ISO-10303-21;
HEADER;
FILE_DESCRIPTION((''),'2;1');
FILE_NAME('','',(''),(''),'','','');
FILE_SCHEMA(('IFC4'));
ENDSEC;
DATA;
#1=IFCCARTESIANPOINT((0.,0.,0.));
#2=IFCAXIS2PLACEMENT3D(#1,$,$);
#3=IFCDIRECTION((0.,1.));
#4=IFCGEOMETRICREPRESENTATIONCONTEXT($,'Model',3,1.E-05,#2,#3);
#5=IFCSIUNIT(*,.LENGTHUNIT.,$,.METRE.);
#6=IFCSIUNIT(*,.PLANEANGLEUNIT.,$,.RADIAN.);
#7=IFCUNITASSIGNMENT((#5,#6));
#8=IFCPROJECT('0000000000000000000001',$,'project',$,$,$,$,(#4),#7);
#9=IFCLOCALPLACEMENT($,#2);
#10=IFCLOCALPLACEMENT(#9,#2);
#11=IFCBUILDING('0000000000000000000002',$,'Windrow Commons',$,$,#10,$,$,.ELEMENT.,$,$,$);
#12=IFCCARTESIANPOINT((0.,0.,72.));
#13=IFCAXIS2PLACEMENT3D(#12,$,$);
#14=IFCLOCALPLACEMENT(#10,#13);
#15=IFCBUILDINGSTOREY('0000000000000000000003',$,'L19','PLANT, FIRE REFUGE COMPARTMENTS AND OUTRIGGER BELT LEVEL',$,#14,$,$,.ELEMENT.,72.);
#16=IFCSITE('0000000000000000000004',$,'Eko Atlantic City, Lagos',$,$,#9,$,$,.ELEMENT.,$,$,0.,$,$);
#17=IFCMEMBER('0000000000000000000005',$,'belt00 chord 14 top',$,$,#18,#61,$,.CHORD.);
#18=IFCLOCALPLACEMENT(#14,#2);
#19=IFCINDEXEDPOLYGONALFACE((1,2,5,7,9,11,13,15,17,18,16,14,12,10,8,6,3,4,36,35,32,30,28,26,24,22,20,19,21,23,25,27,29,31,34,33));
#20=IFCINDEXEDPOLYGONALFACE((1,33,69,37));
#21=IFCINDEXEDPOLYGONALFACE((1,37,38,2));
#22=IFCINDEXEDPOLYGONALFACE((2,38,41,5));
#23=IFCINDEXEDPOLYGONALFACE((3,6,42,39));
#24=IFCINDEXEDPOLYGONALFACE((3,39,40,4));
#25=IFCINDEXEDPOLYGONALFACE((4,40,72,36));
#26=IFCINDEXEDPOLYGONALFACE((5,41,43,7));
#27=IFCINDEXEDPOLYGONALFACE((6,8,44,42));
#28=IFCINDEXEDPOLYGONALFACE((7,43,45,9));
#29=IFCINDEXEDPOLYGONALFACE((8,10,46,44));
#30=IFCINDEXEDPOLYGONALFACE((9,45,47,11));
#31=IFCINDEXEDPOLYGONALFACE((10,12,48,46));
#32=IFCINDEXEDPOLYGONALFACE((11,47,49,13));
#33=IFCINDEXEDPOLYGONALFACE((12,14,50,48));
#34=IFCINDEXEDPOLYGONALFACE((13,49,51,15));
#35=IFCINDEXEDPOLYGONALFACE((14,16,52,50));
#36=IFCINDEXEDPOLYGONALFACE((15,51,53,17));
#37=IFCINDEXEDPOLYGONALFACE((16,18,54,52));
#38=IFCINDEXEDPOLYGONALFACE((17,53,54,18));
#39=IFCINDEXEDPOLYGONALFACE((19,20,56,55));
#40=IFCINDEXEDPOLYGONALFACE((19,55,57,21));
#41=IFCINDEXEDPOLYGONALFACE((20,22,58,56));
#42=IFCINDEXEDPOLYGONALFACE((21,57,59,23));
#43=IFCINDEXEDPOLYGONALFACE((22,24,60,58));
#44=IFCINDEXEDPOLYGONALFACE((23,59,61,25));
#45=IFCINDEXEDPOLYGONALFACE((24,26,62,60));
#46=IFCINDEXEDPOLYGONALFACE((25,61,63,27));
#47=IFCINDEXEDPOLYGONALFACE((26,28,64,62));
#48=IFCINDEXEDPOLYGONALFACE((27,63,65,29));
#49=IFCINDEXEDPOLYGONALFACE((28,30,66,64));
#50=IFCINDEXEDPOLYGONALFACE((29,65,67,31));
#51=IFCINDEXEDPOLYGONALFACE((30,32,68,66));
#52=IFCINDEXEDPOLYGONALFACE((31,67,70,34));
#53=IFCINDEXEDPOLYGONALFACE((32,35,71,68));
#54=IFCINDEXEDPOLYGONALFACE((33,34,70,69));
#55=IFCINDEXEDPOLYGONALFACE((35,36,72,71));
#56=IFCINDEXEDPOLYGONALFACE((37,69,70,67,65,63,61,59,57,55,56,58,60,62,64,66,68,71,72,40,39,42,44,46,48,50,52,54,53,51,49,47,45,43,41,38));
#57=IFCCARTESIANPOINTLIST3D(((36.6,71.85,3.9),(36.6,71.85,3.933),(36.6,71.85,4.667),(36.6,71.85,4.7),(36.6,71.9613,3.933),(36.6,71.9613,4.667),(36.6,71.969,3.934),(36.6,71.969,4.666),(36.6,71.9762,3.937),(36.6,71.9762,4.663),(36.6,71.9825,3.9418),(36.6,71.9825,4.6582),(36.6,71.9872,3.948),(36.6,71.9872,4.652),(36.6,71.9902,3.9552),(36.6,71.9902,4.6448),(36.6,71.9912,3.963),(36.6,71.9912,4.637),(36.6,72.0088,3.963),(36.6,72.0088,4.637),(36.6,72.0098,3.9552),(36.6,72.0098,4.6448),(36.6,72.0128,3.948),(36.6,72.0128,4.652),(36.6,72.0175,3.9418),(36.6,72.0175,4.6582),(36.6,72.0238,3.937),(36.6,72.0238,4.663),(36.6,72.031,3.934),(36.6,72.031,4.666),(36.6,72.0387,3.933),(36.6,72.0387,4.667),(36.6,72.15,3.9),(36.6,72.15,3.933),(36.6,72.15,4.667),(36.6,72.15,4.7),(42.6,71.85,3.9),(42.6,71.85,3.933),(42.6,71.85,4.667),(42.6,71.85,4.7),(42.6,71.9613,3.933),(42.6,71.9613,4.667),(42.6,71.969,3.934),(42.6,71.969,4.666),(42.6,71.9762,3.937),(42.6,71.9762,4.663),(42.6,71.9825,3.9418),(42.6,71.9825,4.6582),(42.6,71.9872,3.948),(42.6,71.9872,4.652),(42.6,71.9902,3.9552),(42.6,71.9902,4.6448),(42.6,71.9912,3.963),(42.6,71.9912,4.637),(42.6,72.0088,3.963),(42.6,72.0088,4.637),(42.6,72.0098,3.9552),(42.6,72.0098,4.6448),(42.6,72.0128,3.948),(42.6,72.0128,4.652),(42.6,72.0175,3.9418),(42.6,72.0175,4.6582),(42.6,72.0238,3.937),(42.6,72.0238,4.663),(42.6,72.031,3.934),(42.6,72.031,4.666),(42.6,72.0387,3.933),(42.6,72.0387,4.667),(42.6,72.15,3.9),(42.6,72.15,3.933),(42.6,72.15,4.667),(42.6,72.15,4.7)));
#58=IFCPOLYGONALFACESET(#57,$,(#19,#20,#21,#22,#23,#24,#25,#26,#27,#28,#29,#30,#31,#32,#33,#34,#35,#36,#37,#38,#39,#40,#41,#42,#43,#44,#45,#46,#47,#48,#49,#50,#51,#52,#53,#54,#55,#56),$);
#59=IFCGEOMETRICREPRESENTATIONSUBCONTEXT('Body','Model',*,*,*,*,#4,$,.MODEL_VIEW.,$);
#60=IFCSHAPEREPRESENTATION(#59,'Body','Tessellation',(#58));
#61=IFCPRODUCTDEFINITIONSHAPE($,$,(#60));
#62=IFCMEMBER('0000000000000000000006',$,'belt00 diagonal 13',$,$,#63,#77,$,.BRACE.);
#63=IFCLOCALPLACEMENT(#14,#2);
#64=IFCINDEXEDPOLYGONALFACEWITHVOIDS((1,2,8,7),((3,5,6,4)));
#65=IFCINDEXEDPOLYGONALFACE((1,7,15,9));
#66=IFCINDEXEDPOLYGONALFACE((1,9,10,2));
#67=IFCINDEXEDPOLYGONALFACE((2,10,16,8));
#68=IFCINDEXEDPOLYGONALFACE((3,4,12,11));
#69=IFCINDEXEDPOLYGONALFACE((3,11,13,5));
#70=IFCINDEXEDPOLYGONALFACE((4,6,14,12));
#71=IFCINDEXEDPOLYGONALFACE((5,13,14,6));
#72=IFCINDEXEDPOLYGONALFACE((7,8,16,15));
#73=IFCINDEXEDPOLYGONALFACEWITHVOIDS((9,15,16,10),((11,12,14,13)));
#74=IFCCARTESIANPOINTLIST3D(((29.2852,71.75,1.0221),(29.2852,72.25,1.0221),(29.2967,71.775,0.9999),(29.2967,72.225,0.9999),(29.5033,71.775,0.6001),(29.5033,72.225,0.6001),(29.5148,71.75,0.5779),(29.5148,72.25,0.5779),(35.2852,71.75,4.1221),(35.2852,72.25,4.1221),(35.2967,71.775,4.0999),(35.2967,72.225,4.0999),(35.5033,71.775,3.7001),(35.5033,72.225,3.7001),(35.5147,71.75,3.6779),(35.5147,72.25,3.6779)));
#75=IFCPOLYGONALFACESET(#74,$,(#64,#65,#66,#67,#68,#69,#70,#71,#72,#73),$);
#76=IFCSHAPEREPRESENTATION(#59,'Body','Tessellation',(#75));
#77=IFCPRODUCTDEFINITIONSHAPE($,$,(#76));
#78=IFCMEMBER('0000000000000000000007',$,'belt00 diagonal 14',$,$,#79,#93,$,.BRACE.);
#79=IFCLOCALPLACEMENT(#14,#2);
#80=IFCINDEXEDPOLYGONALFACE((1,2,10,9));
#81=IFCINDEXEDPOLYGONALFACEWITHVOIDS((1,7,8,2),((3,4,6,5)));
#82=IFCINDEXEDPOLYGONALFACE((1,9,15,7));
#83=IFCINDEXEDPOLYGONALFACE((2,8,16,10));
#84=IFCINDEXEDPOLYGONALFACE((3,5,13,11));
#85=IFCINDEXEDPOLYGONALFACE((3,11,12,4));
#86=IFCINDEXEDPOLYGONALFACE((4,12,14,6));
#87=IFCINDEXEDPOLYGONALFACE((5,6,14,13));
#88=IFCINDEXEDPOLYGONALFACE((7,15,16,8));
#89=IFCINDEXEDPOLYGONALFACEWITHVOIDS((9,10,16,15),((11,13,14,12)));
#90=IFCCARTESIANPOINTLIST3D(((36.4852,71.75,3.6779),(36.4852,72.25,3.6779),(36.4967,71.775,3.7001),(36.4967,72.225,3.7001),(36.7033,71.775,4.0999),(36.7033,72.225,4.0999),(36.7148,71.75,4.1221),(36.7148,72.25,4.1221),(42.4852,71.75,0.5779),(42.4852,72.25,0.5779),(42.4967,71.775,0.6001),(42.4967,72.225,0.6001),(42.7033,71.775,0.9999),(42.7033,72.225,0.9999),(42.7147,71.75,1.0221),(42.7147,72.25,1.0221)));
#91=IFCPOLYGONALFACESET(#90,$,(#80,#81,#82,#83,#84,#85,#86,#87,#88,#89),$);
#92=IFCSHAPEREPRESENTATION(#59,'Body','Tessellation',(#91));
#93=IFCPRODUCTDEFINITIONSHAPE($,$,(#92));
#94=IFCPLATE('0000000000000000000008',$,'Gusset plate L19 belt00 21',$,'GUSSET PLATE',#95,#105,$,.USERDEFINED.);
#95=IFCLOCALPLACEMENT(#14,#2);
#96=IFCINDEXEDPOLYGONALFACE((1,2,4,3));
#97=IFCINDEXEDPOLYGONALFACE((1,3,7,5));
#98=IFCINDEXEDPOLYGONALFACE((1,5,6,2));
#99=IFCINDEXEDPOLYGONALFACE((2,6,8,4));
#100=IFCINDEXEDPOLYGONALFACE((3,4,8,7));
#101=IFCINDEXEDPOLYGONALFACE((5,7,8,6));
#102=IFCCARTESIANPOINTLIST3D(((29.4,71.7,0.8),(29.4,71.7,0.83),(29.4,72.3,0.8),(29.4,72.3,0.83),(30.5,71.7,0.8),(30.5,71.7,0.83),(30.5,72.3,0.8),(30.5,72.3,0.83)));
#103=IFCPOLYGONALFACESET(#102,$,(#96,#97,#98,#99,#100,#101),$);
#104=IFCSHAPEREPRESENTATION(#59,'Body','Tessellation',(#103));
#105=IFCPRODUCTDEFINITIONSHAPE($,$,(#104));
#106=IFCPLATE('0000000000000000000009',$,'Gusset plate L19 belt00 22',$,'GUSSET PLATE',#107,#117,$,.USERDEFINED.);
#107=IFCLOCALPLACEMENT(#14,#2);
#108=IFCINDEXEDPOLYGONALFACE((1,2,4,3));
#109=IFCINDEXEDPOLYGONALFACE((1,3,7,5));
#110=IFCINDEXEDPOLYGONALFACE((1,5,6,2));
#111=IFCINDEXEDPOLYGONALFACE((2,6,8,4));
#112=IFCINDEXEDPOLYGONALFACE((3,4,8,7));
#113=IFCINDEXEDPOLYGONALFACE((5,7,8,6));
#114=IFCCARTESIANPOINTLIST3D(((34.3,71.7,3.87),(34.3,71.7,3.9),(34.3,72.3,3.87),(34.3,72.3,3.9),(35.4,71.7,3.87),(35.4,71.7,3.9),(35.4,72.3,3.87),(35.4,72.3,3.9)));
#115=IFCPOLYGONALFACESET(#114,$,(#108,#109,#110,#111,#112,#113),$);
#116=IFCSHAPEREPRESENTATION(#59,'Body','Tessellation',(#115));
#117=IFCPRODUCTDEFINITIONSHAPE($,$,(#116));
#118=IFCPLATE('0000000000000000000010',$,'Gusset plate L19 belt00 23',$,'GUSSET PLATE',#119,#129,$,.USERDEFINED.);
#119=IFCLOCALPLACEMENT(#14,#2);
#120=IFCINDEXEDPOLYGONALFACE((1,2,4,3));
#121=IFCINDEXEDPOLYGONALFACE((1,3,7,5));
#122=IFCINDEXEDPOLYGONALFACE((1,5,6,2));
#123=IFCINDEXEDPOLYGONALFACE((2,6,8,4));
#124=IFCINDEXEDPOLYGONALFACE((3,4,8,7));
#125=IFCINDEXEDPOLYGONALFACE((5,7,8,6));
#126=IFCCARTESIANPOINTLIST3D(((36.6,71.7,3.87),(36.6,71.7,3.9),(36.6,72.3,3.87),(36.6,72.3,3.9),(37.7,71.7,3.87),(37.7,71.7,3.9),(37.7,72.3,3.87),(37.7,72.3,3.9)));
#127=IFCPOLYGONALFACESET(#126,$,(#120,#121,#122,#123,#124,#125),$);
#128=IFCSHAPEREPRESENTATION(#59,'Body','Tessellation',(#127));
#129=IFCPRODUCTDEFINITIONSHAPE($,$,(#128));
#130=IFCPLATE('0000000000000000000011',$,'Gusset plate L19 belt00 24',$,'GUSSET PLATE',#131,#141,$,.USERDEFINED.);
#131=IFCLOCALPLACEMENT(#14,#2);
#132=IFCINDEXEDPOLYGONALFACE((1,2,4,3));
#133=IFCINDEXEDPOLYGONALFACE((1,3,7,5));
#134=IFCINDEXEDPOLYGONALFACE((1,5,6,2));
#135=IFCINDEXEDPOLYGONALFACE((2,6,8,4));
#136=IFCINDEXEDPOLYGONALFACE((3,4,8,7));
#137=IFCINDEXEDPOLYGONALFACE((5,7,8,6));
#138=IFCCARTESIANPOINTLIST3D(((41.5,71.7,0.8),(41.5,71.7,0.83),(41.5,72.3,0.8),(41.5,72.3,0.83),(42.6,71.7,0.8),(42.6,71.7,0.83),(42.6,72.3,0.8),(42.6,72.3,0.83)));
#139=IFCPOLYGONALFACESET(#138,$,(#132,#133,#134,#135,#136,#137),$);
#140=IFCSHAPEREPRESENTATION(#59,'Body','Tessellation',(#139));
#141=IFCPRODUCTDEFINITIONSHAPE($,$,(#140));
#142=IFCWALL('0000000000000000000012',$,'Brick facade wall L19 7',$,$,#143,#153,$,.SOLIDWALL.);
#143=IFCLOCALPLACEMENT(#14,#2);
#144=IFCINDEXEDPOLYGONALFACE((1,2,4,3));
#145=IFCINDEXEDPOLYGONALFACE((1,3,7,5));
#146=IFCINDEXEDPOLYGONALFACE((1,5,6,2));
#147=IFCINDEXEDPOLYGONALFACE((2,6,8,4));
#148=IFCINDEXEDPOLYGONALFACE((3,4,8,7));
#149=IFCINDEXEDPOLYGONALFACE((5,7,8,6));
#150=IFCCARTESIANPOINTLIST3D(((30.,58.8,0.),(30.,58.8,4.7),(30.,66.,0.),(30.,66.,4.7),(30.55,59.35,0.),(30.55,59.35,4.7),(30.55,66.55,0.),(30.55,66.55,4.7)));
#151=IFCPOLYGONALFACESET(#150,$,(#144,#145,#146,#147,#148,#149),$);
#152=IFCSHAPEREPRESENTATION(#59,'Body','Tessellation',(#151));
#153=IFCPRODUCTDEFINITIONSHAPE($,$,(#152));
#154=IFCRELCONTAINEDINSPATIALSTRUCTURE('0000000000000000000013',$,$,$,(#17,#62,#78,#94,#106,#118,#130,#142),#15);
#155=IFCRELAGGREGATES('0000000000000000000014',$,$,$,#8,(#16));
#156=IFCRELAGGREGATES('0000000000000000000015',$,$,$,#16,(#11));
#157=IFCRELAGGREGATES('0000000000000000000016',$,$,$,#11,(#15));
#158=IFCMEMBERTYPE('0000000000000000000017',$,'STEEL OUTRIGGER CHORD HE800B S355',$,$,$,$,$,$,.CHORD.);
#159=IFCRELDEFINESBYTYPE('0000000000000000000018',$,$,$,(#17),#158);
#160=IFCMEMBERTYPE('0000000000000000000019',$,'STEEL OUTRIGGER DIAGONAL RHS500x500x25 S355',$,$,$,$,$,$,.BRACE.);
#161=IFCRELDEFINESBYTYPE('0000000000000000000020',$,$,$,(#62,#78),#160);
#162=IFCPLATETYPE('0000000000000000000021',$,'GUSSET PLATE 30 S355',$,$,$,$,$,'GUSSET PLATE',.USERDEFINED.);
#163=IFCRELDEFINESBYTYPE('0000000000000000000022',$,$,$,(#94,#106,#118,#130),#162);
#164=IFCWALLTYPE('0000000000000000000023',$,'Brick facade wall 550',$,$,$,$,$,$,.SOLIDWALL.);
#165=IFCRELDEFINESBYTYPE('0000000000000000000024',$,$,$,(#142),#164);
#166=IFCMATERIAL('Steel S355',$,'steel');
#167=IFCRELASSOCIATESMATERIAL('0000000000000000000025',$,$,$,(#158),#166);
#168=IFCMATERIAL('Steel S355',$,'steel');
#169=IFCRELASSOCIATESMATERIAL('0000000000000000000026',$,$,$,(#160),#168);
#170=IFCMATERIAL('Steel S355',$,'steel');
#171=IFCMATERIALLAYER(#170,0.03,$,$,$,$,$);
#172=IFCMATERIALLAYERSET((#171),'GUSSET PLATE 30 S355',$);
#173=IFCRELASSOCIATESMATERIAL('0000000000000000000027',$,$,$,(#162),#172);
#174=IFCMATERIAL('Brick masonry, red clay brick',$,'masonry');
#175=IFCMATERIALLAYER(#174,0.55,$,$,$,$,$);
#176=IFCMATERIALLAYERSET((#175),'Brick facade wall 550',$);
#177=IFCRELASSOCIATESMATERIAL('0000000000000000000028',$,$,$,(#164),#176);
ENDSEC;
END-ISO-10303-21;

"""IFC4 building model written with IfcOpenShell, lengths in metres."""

from ifc_helpers import new_model, si_unit, direction, frame, origin, origin_2d, place, context, subcontext, project, spatial, polyline, rectangle, hollow_rectangle, i_section, outline, extrude, material, layer, layer_set, material_profile, profile_set, type_object, element, save


model = new_model("IFC4")

# Units and contexts
model_context = context("Model", 3, precision=1e-05, world=origin(), true_north=direction((0.0, 1.0)))
body_context = subcontext(model_context, "Body", "Model", "MODEL_VIEW")
ifc_project = project(units=[si_unit("LENGTHUNIT", "METRE"), si_unit("PLANEANGLEUNIT", "RADIAN")], contexts=[model_context])

# Site, building, storey
site_placement = place(None, origin())
site = spatial("IfcSite", under=ifc_project, at=site_placement, Name="Eko Atlantic City, Lagos", CompositionType="ELEMENT", RefElevation=0.0)
building_placement = place(site_placement, origin())
building = spatial("IfcBuilding", under=site, at=building_placement, Name="Windrow Commons", CompositionType="ELEMENT")
storey_placement = place(building_placement, frame((0.0, 0.0, 72.0)))
storey = spatial("IfcBuildingStorey", under=building, at=storey_placement, Name="L19", Description="PLANT, FIRE REFUGE COMPARTMENTS AND OUTRIGGER BELT LEVEL", CompositionType="ELEMENT", Elevation=72.0)

# Members
ifc_material_1 = material(Name="Steel S355", Category="steel")
ifc_material_profile_1 = material_profile(ifc_material_1, i_section(OverallWidth=0.3, OverallDepth=0.8, WebThickness=0.0175, FlangeThickness=0.033, FilletRadius=0.03, at=origin_2d()))
ifc_profile_set_1 = profile_set([ifc_material_profile_1], Name="Steel S355")
member_type_1 = type_object("IfcMemberType", Name="STEEL OUTRIGGER CHORD HE800B S355", PredefinedType="CHORD", material=ifc_profile_set_1)
for number, where, z_axis, x_axis, name in (
    (1, (36.6, 72.0, 4.3), (1.0, 0.0, 0.0), (0.0, 1.0, 0.0), "belt00 chord 14 top"),
):
    element("IfcMember", number, at=place(storey_placement, frame(where, z_axis=z_axis, x_axis=x_axis)), inside=storey, type_object=member_type_1, Name=name, PredefinedType="CHORD", context=body_context, shape_type="SweptSolid", body=[
        extrude(i_section(OverallWidth=0.3, OverallDepth=0.8, WebThickness=0.0175, FlangeThickness=0.033, FilletRadius=0.03, at=origin_2d()), origin(), (0.0, 0.0, 1.0), 6.0),
    ])
ifc_material_2 = material(Name="Steel S355", Category="steel")
ifc_material_profile_2 = material_profile(ifc_material_2, hollow_rectangle(XDim=0.5, YDim=0.5, WallThickness=0.025, at=origin_2d()))
ifc_profile_set_2 = profile_set([ifc_material_profile_2], Name="Steel S355")
member_type_2 = type_object("IfcMemberType", Name="STEEL OUTRIGGER DIAGONAL RHS500x500x25 S355", PredefinedType="BRACE", material=ifc_profile_set_2)
for number, where, z_axis, x_axis, name in (
    (2, (29.4, 72.0, 0.8), (0.888426, 0.0, 0.45902), (0.0, 1.0, 0.0), "belt00 diagonal 13"),
    (3, (36.6, 72.0, 3.9), (0.888426, 0.0, -0.45902), (0.0, 1.0, 0.0), "belt00 diagonal 14"),
):
    element("IfcMember", number, at=place(storey_placement, frame(where, z_axis=z_axis, x_axis=x_axis)), inside=storey, type_object=member_type_2, Name=name, PredefinedType="BRACE", context=body_context, shape_type="SweptSolid", body=[
        extrude(hollow_rectangle(XDim=0.5, YDim=0.5, WallThickness=0.025, at=origin_2d()), origin(), (0.0, 0.0, 1.0), 6.7535),
    ])

# Plates
ifc_material_3 = material(Name="Steel S355", Category="steel")
ifc_layer_1 = layer(ifc_material_3, 0.03)
ifc_layer_set_1 = layer_set([ifc_layer_1], Name="GUSSET PLATE 30 S355")
plate_type = type_object("IfcPlateType", Name="GUSSET PLATE 30 S355", ElementType="GUSSET PLATE", PredefinedType="USERDEFINED", material=ifc_layer_set_1)
for number, where, z_axis, x_axis, name in (
    (4, (29.95, 72.0, 0.8), (0.0, 0.0, 1.0), (1.0, 0.0, 0.0), "Gusset plate L19 belt00 21"),
    (5, (34.85, 72.0, 3.87), (0.0, 0.0, 1.0), (1.0, 0.0, 0.0), "Gusset plate L19 belt00 22"),
    (6, (37.15, 72.0, 3.87), (0.0, 0.0, 1.0), (1.0, 0.0, 0.0), "Gusset plate L19 belt00 23"),
    (7, (42.05, 72.0, 0.8), (0.0, 0.0, 1.0), (1.0, 0.0, 0.0), "Gusset plate L19 belt00 24"),
):
    element("IfcPlate", number, at=place(storey_placement, frame(where, z_axis=z_axis, x_axis=x_axis)), inside=storey, type_object=plate_type, Name=name, ObjectType="GUSSET PLATE", PredefinedType="USERDEFINED", context=body_context, shape_type="SweptSolid", body=[
        extrude(rectangle(XDim=1.1, YDim=0.6, at=origin_2d()), origin(), (0.0, 0.0, 1.0), 0.03),
    ])

# Wall
ifc_material_4 = material(Name="Brick masonry, red clay brick", Category="masonry")
ifc_layer_2 = layer(ifc_material_4, 0.55)
ifc_layer_set_2 = layer_set([ifc_layer_2], Name="Brick facade wall 550")
wall_type_1 = type_object("IfcWallType", Name="Brick facade wall 550", PredefinedType="SOLIDWALL", material=ifc_layer_set_2)
wall_1_placement = place(storey_placement, frame((30.275, 66.275, 0.0), z_axis=(0.0, 0.0, 1.0), x_axis=(0.0, -1.0, 0.0)))
element("IfcWall", 8, at=wall_1_placement, inside=storey, type_object=wall_type_1, Name="Brick facade wall L19 7", PredefinedType="SOLIDWALL", context=body_context, shape_type="SweptSolid", body=[
    extrude(outline(polyline([(0.275, -0.275), (7.475, -0.275), (6.925, 0.275), (-0.275, 0.275), (0.275, -0.275)])), origin(), (0.0, 0.0, 1.0), 4.7),
])

save(model, "model.ifc")
